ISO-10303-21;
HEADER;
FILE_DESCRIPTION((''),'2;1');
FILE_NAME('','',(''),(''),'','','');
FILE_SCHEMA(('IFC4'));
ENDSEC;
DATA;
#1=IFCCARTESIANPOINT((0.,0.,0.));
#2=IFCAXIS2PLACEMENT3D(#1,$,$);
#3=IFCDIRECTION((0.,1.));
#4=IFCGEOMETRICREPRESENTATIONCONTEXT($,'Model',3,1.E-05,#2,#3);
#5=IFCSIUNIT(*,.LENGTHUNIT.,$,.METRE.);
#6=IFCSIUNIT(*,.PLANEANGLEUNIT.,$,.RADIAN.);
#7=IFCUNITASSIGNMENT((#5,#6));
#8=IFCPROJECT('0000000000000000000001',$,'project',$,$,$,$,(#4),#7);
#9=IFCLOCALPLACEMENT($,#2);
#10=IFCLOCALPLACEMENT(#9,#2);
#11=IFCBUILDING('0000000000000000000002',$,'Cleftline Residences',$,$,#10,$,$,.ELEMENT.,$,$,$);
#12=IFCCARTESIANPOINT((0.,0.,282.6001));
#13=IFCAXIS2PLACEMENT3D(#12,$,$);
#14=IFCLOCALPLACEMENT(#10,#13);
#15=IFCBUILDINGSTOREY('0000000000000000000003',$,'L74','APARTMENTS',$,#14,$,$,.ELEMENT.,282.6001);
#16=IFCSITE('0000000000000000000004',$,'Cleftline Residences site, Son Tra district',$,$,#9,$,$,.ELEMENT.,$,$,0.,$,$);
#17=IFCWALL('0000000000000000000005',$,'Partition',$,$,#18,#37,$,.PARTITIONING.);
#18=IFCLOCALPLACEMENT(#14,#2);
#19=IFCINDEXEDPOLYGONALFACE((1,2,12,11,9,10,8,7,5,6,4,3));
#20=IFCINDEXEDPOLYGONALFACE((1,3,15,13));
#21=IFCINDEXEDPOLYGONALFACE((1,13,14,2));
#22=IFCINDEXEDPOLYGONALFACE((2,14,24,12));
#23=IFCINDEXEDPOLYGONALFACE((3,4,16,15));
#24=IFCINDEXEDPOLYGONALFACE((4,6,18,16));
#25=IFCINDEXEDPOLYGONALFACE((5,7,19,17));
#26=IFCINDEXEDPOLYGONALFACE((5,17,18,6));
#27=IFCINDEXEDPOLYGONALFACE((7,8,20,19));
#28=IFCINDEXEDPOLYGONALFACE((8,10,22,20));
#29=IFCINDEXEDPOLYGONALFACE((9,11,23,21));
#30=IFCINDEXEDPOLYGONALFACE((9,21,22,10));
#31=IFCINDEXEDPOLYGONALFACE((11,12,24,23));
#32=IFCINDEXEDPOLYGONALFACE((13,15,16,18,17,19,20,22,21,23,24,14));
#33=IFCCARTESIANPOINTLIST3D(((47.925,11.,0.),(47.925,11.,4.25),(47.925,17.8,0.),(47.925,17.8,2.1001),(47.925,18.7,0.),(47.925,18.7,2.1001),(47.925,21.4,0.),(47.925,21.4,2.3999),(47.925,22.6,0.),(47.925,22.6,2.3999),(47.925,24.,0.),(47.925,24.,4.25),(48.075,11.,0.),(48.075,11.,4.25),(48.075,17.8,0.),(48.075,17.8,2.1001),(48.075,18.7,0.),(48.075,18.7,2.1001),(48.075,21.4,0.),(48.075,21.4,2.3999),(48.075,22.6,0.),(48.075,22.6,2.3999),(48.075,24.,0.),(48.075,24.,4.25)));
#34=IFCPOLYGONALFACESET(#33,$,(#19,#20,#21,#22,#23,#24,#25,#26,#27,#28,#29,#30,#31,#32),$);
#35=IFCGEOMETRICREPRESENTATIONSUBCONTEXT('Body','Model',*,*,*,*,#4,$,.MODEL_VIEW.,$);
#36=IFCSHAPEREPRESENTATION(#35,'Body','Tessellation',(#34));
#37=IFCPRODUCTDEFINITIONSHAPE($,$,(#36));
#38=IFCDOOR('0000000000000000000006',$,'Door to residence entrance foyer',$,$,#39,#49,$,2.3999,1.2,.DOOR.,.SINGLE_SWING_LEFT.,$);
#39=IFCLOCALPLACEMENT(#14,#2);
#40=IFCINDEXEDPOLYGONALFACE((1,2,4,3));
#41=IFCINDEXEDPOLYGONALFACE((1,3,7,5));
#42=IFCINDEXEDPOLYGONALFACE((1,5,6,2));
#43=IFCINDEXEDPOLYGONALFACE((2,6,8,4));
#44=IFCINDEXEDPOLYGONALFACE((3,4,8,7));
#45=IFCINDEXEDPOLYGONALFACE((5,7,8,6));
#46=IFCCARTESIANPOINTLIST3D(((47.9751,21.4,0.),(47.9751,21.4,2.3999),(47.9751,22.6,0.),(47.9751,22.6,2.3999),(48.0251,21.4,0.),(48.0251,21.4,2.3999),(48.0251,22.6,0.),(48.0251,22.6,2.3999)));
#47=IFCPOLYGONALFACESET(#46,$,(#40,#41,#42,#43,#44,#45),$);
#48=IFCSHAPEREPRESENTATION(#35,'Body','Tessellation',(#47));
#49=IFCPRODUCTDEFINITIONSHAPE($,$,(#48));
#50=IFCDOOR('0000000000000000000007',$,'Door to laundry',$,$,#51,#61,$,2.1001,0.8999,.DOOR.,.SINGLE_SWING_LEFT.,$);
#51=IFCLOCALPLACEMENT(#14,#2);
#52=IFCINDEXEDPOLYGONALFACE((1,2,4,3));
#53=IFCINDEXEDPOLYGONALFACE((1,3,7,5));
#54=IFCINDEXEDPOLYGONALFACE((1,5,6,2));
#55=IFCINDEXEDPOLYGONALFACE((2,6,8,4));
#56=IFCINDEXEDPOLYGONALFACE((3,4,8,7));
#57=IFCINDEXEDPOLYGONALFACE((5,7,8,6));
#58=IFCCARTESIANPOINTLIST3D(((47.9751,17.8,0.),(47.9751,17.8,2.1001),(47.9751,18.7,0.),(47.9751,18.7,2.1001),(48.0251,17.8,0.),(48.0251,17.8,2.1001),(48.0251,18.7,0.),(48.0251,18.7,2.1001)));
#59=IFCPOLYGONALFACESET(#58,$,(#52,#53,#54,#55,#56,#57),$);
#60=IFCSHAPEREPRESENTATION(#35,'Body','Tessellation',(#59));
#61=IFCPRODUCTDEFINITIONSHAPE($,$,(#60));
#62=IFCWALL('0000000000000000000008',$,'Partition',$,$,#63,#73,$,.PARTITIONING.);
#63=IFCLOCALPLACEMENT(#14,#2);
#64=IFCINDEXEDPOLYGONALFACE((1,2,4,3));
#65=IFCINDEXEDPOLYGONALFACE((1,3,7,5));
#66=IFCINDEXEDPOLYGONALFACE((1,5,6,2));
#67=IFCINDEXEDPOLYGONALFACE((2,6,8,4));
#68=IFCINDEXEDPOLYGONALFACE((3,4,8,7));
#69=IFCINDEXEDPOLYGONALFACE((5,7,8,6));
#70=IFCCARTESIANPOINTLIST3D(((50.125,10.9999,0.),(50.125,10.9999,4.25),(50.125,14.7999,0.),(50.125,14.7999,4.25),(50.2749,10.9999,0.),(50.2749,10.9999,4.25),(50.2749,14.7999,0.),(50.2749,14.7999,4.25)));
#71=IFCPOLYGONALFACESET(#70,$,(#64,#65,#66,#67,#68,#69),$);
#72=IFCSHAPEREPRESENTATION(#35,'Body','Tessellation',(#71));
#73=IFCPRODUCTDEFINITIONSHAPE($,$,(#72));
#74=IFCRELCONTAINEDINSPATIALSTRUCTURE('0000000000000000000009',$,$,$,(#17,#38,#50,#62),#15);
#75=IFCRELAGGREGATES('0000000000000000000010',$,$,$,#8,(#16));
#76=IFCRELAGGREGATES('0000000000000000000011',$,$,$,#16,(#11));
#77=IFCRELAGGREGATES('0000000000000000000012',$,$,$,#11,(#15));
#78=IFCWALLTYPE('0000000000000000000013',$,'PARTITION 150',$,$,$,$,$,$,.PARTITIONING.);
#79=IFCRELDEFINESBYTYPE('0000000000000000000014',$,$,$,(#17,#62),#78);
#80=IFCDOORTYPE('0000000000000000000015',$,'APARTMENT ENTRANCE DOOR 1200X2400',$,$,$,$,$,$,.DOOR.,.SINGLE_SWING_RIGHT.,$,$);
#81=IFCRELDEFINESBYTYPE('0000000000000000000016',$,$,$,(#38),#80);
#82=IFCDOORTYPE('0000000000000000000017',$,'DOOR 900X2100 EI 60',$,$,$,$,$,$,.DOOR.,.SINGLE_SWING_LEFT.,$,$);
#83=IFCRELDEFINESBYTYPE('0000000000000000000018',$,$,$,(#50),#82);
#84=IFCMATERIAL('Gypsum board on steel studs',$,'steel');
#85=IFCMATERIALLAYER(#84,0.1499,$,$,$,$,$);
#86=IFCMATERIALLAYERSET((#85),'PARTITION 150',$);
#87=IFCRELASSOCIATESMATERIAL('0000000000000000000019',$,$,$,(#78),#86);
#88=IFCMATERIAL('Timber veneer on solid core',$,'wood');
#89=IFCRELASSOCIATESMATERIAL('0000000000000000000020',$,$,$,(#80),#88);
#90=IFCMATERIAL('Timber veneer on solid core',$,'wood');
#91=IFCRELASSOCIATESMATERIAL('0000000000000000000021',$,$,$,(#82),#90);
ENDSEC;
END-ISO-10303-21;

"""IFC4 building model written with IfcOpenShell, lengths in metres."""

from ifc_helpers import new_model, si_unit, direction, frame, frame_2d, origin, place, context, subcontext, project, spatial, rectangle, extrude, material, layer, layer_set, type_object, element, fill, save


model = new_model("IFC4")

# Units and contexts
model_context = context("Model", 3, precision=1e-05, world=origin(), true_north=direction((0.0, 1.0)))
body_context = subcontext(model_context, "Body", "Model", "MODEL_VIEW")
ifc_project = project(units=[si_unit("LENGTHUNIT", "METRE"), si_unit("PLANEANGLEUNIT", "RADIAN")], contexts=[model_context])

# Site, building, storey
site_placement = place(None, origin())
site = spatial("IfcSite", under=ifc_project, at=site_placement, Name="Cleftline Residences site, Son Tra district", CompositionType="ELEMENT", RefElevation=0.0)
building_placement = place(site_placement, origin())
building = spatial("IfcBuilding", under=site, at=building_placement, Name="Cleftline Residences", CompositionType="ELEMENT")
storey_placement = place(building_placement, frame((0.0, 0.0, 282.6001)))
storey = spatial("IfcBuildingStorey", under=building, at=storey_placement, Name="L74", Description="APARTMENTS", CompositionType="ELEMENT", Elevation=282.6001)

# Shared definitions
ifc_material_1 = material(Name="Gypsum board on steel studs", Category="steel")
ifc_layer_1 = layer(ifc_material_1, 0.1499)
ifc_layer_set_1 = layer_set([ifc_layer_1], Name="PARTITION 150")
wall_type_1 = type_object("IfcWallType", Name="PARTITION 150", PredefinedType="PARTITIONING", material=ifc_layer_set_1)

# Wall, openings, doors
wall_1_placement = place(storey_placement, frame((48.0, 11.0, 0.0), z_axis=(0.0, 0.0, 1.0), x_axis=(0.0, 1.0, 0.0)))
wall_1 = element("IfcWall", 1, at=wall_1_placement, inside=storey, type_object=wall_type_1, Name="Partition", PredefinedType="PARTITIONING", context=body_context, shape_type="SweptSolid", body=[
    extrude(rectangle(XDim=13.0, YDim=0.1499, at=frame_2d((6.5, 0.0))), origin(), (0.0, 0.0, 1.0), 4.25),
])
opening_1_placement = place(wall_1_placement, frame((10.3999, 0.0, 0.0)))
opening_1 = element("IfcOpeningElement", 2, at=opening_1_placement, cuts=wall_1, PredefinedType="OPENING", context=body_context, shape_type="SweptSolid", body=[
    extrude(rectangle(XDim=1.2, YDim=2.3999, at=frame_2d((0.6001, 1.2))), frame((0.0, 0.085, 0.0), z_axis=(0.0, -1.0, 0.0), x_axis=(1.0, 0.0, 0.0)), (0.0, 0.0, 1.0), 0.1699),
])
opening_2_placement = place(wall_1_placement, frame((6.8, 0.0, 0.0)))
opening_2 = element("IfcOpeningElement", 3, at=opening_2_placement, cuts=wall_1, PredefinedType="OPENING", context=body_context, shape_type="SweptSolid", body=[
    extrude(rectangle(XDim=0.8999, YDim=2.1001, at=frame_2d((0.45, 1.05))), frame((0.0, 0.085, 0.0), z_axis=(0.0, -1.0, 0.0), x_axis=(1.0, 0.0, 0.0)), (0.0, 0.0, 1.0), 0.1699),
])
ifc_material_2 = material(Name="Timber veneer on solid core", Category="wood")
door_type_1 = type_object("IfcDoorType", Name="APARTMENT ENTRANCE DOOR 1200X2400", OperationType="SINGLE_SWING_RIGHT", PredefinedType="DOOR", material=ifc_material_2)
door_1_placement = place(opening_1_placement, origin())
door_1 = element("IfcDoor", 4, at=door_1_placement, inside=storey, type_object=door_type_1, Name="Door to residence entrance foyer", OperationType="SINGLE_SWING_LEFT", OverallHeight=2.3999, OverallWidth=1.2, PredefinedType="DOOR", context=body_context, shape_type="SweptSolid", body=[
    extrude(rectangle(XDim=1.2, YDim=2.3999, at=frame_2d((0.6001, 1.2))), frame((0.0, 0.0249, 0.0), z_axis=(0.0, -1.0, 0.0), x_axis=(1.0, 0.0, 0.0)), (0.0, 0.0, 1.0), 0.05),
])
fill(opening_1, door_1)
ifc_material_3 = material(Name="Timber veneer on solid core", Category="wood")
door_type_2 = type_object("IfcDoorType", Name="DOOR 900X2100 EI 60", OperationType="SINGLE_SWING_LEFT", PredefinedType="DOOR", material=ifc_material_3)
door_2_placement = place(opening_2_placement, origin())
door_2 = element("IfcDoor", 5, at=door_2_placement, inside=storey, type_object=door_type_2, Name="Door to laundry", OperationType="SINGLE_SWING_LEFT", OverallHeight=2.1001, OverallWidth=0.8999, PredefinedType="DOOR", context=body_context, shape_type="SweptSolid", body=[
    extrude(rectangle(XDim=0.8999, YDim=2.1001, at=frame_2d((0.45, 1.05))), frame((0.0, 0.0249, 0.0), z_axis=(0.0, -1.0, 0.0), x_axis=(1.0, 0.0, 0.0)), (0.0, 0.0, 1.0), 0.05),
])
fill(opening_2, door_2)

# Wall
wall_2_placement = place(storey_placement, frame((50.2, 11.0, 0.0), z_axis=(0.0, 0.0, 1.0), x_axis=(0.0, 1.0, 0.0)))
element("IfcWall", 6, at=wall_2_placement, inside=storey, type_object=wall_type_1, Name="Partition", PredefinedType="PARTITIONING", context=body_context, shape_type="SweptSolid", body=[
    extrude(rectangle(XDim=3.8, YDim=0.1499, at=frame_2d((1.8999, 0.0))), origin(), (0.0, 0.0, 1.0), 4.25),
])

save(model, "model.ifc")
